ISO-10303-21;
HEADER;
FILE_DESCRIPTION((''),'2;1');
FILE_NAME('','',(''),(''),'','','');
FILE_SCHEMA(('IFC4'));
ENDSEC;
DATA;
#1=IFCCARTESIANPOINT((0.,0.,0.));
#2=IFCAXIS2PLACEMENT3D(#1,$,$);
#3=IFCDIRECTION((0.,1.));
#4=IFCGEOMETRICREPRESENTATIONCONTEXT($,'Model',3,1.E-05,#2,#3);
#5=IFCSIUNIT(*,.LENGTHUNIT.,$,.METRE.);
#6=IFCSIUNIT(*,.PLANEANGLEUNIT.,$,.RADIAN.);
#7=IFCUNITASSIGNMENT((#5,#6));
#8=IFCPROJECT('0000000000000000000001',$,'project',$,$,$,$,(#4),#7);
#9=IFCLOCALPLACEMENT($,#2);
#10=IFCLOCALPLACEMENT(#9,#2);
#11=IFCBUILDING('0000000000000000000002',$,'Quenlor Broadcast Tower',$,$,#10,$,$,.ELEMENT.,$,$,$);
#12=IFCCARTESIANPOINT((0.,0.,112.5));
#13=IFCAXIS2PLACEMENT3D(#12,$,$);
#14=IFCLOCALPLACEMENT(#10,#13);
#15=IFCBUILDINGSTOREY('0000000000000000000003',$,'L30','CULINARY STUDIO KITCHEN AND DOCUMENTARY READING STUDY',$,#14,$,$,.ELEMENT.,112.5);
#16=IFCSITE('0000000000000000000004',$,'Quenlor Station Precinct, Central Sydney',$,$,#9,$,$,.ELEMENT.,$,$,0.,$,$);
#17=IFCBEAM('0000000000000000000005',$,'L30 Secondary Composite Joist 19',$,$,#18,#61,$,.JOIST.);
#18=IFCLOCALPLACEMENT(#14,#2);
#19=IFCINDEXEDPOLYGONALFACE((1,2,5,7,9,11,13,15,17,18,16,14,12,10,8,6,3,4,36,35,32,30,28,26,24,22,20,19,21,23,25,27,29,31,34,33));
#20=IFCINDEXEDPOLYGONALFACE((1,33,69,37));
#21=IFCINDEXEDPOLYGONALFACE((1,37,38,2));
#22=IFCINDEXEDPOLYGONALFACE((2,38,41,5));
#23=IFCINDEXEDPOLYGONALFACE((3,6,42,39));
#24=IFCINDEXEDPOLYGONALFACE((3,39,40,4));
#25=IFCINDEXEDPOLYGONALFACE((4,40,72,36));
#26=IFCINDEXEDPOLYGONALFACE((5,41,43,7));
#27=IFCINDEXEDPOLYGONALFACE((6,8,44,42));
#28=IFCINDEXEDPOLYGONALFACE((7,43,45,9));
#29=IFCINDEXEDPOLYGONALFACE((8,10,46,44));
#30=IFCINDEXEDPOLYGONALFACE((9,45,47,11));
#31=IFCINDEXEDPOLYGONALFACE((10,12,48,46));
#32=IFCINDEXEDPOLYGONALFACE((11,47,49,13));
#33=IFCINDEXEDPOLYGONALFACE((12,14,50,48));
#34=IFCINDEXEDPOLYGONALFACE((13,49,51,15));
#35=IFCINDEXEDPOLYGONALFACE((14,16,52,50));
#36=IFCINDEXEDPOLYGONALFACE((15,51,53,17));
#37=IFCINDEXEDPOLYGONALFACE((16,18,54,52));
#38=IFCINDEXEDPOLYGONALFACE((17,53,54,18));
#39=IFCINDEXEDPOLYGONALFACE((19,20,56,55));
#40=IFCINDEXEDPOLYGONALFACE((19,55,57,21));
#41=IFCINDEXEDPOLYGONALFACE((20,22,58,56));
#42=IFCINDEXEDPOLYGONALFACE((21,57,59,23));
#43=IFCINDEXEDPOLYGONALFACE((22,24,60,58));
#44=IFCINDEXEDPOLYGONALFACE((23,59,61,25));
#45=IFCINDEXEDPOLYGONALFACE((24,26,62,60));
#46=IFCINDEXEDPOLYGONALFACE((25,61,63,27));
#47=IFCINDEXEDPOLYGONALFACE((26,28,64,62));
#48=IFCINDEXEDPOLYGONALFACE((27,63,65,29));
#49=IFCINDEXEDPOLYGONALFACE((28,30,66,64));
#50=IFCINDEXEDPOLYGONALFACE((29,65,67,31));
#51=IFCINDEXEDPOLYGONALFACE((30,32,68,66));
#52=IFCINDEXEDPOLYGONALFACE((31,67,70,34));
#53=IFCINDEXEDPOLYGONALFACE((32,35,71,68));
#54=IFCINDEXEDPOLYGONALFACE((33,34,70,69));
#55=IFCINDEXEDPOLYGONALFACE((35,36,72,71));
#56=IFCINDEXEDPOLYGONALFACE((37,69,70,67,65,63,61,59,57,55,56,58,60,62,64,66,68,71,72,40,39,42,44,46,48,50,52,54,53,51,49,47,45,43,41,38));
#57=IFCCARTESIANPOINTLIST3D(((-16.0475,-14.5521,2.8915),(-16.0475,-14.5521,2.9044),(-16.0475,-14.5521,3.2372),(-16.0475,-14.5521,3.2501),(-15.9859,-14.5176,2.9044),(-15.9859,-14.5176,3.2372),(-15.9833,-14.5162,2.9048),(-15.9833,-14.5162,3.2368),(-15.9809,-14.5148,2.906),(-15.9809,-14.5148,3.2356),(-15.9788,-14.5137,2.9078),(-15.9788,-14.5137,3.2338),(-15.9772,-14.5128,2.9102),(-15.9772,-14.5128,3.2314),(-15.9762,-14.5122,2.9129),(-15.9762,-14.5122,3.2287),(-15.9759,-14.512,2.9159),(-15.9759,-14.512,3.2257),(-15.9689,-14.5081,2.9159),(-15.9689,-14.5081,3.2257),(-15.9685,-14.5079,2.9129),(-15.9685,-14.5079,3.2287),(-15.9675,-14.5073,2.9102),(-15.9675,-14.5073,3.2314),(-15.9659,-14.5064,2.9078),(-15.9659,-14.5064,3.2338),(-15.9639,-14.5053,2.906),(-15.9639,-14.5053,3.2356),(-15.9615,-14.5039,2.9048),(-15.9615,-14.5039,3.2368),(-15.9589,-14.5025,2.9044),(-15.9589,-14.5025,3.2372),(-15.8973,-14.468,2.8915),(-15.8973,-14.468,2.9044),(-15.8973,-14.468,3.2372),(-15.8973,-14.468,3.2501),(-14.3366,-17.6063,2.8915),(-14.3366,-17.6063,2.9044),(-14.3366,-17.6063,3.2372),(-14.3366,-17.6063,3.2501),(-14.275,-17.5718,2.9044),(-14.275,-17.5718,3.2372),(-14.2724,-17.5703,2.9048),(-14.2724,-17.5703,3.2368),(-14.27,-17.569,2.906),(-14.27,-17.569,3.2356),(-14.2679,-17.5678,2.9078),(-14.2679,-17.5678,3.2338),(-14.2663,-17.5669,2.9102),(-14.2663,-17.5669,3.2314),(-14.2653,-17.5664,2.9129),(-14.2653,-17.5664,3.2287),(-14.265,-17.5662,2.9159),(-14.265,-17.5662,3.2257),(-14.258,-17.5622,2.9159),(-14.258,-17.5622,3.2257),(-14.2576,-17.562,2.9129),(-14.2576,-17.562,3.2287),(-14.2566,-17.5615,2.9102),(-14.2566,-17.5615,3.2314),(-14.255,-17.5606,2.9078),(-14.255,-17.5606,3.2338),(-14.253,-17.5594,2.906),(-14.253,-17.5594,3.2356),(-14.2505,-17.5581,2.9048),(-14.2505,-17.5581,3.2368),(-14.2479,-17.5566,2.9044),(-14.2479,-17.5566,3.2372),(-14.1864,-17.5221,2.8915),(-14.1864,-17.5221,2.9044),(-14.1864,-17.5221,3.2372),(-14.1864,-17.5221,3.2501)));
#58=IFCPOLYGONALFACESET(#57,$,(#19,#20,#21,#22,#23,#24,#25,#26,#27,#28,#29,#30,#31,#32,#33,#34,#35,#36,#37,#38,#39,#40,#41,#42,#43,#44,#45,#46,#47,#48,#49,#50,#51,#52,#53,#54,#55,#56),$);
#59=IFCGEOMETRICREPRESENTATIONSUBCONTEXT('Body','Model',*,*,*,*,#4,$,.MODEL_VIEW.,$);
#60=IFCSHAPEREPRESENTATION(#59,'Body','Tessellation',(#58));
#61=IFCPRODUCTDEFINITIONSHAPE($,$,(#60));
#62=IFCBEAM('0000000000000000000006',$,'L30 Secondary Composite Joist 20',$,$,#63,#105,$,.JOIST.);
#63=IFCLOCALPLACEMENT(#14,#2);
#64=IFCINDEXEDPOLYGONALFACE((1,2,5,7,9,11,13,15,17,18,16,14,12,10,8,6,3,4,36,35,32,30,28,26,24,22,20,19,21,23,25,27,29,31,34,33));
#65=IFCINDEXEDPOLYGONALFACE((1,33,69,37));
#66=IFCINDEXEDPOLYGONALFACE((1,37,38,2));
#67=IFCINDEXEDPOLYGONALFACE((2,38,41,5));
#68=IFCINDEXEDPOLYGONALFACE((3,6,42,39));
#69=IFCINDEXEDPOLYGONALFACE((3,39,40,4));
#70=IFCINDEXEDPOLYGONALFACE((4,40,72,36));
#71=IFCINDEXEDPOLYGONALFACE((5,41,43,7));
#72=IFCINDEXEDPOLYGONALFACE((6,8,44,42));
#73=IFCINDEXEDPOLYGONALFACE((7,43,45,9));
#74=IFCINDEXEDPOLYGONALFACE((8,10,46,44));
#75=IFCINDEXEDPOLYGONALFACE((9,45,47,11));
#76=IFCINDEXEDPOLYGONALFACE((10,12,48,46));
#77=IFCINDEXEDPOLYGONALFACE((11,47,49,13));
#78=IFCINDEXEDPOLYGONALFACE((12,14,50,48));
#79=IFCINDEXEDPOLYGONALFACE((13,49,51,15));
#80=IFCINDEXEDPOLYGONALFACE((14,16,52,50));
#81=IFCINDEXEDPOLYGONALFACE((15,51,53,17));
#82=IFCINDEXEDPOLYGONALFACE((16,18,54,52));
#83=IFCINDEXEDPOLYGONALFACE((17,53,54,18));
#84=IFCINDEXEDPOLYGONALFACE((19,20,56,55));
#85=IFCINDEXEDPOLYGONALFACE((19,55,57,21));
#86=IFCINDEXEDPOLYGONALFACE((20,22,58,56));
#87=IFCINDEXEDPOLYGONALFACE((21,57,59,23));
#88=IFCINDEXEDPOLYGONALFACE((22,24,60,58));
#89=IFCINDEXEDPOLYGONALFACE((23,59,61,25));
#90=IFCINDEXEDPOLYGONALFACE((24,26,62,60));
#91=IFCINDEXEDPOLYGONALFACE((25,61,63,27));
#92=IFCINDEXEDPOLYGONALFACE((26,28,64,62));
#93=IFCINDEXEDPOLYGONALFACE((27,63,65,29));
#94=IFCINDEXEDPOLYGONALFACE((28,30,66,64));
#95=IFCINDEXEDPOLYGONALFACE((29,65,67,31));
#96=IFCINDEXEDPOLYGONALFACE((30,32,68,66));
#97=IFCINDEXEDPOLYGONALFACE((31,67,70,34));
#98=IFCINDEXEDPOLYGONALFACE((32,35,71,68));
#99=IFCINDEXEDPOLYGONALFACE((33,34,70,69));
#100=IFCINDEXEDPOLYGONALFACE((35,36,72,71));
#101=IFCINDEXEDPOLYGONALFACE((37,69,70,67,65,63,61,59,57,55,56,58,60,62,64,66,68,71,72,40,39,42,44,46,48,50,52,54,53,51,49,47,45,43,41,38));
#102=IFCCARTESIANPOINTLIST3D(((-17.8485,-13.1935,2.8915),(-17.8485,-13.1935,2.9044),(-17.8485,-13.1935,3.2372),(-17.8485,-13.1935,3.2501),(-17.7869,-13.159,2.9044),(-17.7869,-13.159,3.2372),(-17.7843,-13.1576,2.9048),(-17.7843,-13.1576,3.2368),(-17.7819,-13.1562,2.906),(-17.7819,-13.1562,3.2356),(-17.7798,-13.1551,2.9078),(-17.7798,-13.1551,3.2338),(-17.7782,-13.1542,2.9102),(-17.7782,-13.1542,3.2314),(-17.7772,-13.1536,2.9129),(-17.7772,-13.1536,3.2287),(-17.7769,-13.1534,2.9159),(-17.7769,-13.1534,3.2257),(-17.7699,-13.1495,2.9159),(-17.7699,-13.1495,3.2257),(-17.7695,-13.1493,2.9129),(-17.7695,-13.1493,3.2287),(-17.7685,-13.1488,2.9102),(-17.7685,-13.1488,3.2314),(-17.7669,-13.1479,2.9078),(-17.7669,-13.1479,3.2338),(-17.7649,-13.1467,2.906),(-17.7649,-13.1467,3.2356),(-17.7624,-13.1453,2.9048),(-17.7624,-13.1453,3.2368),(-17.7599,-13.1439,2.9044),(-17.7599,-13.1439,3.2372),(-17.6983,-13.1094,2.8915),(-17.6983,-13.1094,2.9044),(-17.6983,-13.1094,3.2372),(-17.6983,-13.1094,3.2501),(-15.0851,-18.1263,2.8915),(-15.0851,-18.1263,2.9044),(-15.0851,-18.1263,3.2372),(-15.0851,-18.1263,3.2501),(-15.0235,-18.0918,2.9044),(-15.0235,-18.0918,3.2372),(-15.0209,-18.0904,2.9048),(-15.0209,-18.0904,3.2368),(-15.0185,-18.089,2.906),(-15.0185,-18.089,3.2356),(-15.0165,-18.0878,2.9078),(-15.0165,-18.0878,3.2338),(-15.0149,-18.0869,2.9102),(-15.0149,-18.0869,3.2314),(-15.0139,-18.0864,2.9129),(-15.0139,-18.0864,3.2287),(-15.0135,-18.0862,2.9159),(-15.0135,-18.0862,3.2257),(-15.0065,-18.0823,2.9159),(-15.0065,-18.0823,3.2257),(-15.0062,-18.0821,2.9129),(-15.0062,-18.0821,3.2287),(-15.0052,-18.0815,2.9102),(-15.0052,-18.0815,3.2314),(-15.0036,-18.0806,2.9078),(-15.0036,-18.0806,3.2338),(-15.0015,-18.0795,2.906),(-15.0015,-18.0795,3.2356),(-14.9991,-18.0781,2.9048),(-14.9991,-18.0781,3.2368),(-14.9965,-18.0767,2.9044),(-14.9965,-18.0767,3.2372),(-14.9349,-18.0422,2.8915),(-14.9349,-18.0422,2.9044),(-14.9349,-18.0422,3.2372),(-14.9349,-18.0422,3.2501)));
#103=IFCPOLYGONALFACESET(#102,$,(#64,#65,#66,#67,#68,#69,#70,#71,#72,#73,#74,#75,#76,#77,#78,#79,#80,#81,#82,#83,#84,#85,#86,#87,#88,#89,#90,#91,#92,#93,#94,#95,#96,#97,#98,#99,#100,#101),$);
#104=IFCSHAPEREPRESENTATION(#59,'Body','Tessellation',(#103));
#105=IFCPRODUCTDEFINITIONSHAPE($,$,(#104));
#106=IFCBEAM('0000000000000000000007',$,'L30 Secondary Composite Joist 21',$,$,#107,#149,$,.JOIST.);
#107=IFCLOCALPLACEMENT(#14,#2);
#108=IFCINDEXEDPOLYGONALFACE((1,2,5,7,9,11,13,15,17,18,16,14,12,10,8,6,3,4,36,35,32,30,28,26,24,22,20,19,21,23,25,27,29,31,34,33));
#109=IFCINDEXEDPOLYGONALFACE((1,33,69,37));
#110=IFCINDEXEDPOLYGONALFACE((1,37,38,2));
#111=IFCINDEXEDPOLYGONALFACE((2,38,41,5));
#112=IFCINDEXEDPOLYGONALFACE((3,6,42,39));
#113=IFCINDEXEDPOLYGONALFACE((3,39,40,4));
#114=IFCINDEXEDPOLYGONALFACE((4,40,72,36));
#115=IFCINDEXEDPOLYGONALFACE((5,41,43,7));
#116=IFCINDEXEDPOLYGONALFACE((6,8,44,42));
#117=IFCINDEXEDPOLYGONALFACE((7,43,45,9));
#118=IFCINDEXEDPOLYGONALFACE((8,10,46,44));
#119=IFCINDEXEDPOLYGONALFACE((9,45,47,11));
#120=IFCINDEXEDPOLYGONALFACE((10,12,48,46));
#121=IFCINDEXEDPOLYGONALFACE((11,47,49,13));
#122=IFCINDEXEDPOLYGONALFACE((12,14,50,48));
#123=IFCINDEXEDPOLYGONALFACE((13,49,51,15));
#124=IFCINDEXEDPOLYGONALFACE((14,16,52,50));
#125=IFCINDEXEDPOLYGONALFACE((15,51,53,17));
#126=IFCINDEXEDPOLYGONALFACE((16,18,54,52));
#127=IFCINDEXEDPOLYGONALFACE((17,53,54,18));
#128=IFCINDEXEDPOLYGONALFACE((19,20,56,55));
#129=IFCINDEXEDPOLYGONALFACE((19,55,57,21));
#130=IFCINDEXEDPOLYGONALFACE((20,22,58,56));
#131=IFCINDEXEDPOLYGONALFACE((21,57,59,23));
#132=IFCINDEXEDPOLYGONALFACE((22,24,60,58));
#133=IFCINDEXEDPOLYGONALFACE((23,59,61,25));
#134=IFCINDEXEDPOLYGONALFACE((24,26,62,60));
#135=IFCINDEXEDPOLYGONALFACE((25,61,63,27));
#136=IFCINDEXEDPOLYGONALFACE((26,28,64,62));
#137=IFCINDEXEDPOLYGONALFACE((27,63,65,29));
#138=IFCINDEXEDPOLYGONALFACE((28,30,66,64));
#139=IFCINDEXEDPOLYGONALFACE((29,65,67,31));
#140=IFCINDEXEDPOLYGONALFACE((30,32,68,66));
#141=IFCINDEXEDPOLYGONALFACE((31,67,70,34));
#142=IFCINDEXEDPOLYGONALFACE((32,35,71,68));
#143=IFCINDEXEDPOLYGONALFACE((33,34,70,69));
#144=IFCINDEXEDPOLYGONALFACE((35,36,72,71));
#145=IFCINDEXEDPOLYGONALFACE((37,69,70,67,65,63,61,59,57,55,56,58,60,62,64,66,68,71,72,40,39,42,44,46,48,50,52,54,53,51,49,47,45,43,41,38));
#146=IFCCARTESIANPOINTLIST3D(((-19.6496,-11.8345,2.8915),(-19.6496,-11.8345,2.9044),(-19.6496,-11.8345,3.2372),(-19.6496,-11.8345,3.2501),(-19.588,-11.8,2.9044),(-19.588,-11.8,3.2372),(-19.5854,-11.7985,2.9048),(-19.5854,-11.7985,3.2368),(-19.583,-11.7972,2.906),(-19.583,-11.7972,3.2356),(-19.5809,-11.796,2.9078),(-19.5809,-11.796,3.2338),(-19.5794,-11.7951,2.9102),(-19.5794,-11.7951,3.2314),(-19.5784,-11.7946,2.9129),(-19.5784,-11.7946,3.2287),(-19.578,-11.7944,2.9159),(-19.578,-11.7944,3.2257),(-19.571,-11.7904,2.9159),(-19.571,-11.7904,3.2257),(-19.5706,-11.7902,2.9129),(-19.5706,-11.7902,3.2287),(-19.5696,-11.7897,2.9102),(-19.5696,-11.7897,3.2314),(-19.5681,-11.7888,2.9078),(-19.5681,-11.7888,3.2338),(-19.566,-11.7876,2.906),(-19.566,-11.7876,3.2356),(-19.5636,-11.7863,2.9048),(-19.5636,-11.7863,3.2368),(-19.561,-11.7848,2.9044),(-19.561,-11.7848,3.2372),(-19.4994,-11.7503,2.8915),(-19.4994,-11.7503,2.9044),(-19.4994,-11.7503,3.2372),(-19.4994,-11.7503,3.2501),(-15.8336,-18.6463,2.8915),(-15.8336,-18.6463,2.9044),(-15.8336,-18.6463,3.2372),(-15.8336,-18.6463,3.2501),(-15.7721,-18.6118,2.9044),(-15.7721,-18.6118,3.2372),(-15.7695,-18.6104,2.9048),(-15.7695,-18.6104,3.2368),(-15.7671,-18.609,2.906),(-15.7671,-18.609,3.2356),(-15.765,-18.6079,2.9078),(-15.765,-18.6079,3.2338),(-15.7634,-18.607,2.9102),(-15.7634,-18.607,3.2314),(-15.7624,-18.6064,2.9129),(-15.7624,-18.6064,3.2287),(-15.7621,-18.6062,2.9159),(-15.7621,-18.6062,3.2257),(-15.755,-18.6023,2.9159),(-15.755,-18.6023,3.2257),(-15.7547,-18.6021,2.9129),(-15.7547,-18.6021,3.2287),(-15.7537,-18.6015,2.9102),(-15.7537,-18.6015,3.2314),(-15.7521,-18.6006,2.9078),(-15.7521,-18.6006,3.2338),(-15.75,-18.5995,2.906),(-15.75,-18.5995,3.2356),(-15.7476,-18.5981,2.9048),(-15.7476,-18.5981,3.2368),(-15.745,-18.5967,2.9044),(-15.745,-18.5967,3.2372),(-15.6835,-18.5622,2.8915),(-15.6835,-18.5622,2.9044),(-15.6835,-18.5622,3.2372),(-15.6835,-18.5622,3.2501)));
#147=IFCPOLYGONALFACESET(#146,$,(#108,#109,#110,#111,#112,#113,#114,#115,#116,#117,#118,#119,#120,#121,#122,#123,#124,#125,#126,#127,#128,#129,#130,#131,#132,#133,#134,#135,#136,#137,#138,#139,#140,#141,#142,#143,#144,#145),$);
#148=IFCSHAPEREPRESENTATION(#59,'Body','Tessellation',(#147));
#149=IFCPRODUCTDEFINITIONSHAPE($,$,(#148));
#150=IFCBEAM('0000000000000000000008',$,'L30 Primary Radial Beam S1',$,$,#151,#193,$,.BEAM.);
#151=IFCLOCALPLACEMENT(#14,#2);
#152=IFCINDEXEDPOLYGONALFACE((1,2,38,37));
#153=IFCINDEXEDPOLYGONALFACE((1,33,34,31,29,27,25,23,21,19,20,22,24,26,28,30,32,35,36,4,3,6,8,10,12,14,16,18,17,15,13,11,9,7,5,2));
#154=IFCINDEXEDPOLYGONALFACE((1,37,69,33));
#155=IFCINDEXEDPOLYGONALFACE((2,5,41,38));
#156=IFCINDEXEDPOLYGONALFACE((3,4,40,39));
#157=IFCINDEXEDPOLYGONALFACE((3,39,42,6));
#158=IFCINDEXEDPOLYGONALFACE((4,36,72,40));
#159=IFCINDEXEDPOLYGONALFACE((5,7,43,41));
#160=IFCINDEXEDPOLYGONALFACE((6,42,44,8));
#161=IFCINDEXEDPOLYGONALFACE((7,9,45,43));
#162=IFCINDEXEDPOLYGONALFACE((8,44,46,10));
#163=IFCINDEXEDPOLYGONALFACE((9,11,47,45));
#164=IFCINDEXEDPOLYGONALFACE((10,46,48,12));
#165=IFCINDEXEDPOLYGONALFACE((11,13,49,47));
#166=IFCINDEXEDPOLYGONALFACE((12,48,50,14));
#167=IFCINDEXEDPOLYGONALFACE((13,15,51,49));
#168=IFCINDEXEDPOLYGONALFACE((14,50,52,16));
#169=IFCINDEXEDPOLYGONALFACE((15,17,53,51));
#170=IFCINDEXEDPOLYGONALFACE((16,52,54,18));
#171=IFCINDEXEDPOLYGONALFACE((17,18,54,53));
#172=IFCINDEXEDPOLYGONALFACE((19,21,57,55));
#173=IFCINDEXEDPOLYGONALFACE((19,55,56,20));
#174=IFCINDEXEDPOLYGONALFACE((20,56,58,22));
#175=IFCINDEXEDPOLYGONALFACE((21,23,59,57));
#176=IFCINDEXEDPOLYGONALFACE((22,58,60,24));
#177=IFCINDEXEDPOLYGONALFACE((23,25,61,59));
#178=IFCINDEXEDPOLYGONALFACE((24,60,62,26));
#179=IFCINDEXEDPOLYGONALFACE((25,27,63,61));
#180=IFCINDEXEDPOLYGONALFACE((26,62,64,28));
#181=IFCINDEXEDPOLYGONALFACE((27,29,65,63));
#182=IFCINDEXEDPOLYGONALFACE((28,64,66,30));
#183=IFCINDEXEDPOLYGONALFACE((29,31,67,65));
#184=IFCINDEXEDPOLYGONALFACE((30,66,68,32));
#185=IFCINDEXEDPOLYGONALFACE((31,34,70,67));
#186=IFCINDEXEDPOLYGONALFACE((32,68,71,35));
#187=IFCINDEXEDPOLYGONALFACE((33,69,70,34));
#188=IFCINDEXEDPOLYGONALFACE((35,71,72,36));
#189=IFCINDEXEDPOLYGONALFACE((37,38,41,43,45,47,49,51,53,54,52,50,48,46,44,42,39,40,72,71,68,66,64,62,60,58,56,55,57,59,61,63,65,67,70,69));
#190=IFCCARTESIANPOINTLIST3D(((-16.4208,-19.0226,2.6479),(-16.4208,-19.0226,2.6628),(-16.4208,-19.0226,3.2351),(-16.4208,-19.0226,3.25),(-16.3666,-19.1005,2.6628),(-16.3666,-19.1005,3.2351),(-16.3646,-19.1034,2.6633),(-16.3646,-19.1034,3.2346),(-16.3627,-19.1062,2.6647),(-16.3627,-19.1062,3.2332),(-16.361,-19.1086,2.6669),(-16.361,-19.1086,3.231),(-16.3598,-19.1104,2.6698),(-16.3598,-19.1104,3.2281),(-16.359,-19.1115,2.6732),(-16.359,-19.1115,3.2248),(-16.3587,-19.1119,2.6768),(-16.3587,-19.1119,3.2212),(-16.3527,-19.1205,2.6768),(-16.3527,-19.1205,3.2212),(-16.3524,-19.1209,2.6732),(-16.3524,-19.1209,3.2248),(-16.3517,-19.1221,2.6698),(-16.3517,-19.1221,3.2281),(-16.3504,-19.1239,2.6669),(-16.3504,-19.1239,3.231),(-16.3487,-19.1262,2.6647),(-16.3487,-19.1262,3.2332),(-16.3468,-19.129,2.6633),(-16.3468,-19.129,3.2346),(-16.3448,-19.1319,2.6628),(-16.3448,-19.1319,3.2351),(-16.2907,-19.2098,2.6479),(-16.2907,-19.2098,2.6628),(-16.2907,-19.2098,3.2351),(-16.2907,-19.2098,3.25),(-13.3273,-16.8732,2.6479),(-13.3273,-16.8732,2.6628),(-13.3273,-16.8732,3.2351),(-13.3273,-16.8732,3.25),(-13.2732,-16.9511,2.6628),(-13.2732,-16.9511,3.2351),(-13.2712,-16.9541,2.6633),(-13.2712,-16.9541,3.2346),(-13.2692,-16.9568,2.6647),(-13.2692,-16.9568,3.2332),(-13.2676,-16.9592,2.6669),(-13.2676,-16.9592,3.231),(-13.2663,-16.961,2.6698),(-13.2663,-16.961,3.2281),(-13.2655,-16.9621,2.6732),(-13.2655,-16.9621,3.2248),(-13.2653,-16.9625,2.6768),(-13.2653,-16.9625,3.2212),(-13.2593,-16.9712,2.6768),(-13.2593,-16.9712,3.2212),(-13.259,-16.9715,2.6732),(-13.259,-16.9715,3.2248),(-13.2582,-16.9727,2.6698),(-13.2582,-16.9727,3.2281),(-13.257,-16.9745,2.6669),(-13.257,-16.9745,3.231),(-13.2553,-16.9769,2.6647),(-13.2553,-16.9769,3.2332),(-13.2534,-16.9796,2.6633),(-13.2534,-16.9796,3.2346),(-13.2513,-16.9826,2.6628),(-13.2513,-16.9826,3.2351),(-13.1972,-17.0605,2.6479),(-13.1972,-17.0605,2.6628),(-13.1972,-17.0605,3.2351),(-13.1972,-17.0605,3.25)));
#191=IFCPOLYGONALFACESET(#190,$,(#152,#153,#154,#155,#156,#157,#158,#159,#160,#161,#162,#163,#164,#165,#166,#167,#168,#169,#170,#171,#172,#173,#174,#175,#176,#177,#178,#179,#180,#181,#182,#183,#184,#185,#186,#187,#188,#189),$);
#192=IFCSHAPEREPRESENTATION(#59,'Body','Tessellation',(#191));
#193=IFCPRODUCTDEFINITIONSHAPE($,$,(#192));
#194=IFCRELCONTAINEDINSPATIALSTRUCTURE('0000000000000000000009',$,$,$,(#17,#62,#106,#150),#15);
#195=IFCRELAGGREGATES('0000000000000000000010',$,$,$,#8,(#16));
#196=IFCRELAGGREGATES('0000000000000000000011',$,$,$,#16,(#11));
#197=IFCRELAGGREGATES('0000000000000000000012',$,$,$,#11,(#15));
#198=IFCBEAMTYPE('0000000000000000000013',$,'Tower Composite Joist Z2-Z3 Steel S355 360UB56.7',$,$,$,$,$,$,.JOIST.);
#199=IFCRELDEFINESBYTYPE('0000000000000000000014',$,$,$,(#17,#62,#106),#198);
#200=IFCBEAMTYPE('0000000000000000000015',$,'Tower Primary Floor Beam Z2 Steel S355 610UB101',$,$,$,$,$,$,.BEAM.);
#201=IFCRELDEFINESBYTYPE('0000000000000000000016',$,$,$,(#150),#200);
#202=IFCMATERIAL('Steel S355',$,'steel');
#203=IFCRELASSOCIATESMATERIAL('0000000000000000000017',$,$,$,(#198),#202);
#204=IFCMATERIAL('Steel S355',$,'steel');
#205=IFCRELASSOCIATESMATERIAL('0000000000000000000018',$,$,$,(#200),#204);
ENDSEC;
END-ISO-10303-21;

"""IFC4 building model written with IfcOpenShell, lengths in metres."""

from ifc_helpers import new_model, si_unit, direction, frame, origin, origin_2d, place, context, subcontext, project, spatial, i_section, extrude, material, material_profile, profile_set, type_object, element, save


model = new_model("IFC4")

# Units and contexts
model_context = context("Model", 3, precision=1e-05, world=origin(), true_north=direction((0.0, 1.0)))
body_context = subcontext(model_context, "Body", "Model", "MODEL_VIEW")
ifc_project = project(units=[si_unit("LENGTHUNIT", "METRE"), si_unit("PLANEANGLEUNIT", "RADIAN")], contexts=[model_context])

# Site, building, storey
site_placement = place(None, origin())
site = spatial("IfcSite", under=ifc_project, at=site_placement, Name="Quenlor Station Precinct, Central Sydney", CompositionType="ELEMENT", RefElevation=0.0)
building_placement = place(site_placement, origin())
building = spatial("IfcBuilding", under=site, at=building_placement, Name="Quenlor Broadcast Tower", CompositionType="ELEMENT")
storey_placement = place(building_placement, frame((0.0, 0.0, 112.5)))
storey = spatial("IfcBuildingStorey", under=building, at=storey_placement, Name="L30", Description="CULINARY STUDIO KITCHEN AND DOCUMENTARY READING STUDY", CompositionType="ELEMENT", Elevation=112.5)

# Beams
ifc_material_1 = material(Name="Steel S355", Category="steel")
ifc_material_profile_1 = material_profile(ifc_material_1, i_section(OverallWidth=0.1721, OverallDepth=0.3586, WebThickness=0.0081, FlangeThickness=0.0129, FilletRadius=0.0115, at=origin_2d()))
ifc_profile_set_1 = profile_set([ifc_material_profile_1], Name="Steel S355 360UB56.7")
beam_type_1 = type_object("IfcBeamType", Name="Tower Composite Joist Z2-Z3 Steel S355 360UB56.7", PredefinedType="JOIST", material=ifc_profile_set_1)
beam_1_placement = place(storey_placement, frame((-14.2615, -17.5642, 3.0708), z_axis=(-0.488731, 0.872435, 0.0), x_axis=(-0.872435, -0.488731, 0.0)))
element("IfcBeam", 1, at=beam_1_placement, inside=storey, type_object=beam_type_1, Name="L30 Secondary Composite Joist 19", PredefinedType="JOIST", context=body_context, shape_type="SweptSolid", body=[
    extrude(i_section(OverallWidth=0.1721, OverallDepth=0.3586, WebThickness=0.0081, FlangeThickness=0.0129, FilletRadius=0.0115, at=origin_2d()), origin(), (0.0, 0.0, 1.0), 3.5007),
])
beam_2_placement = place(storey_placement, frame((-15.01, -18.0842, 3.0708), z_axis=(-0.488741, 0.872429, 0.0), x_axis=(-0.872429, -0.488741, 0.0)))
element("IfcBeam", 2, at=beam_2_placement, inside=storey, type_object=beam_type_1, Name="L30 Secondary Composite Joist 20", PredefinedType="JOIST", context=body_context, shape_type="SweptSolid", body=[
    extrude(i_section(OverallWidth=0.1721, OverallDepth=0.3586, WebThickness=0.0081, FlangeThickness=0.0129, FilletRadius=0.0115, at=origin_2d()), origin(), (0.0, 0.0, 1.0), 5.6541),
])
beam_3_placement = place(storey_placement, frame((-15.7585, -18.6042, 3.0708), z_axis=(-0.488733, 0.872433, 0.0), x_axis=(-0.872433, -0.488733, 0.0)))
element("IfcBeam", 3, at=beam_3_placement, inside=storey, type_object=beam_type_1, Name="L30 Secondary Composite Joist 21", PredefinedType="JOIST", context=body_context, shape_type="SweptSolid", body=[
    extrude(i_section(OverallWidth=0.1721, OverallDepth=0.3586, WebThickness=0.0081, FlangeThickness=0.0129, FilletRadius=0.0115, at=origin_2d()), origin(), (0.0, 0.0, 1.0), 7.8079),
])
ifc_material_2 = material(Name="Steel S355", Category="steel")
ifc_material_profile_2 = material_profile(ifc_material_2, i_section(OverallWidth=0.228, OverallDepth=0.6021, WebThickness=0.0105, FlangeThickness=0.0149, FilletRadius=0.0139, at=origin_2d()))
ifc_profile_set_2 = profile_set([ifc_material_profile_2], Name="Steel S355 610UB101")
beam_type_2 = type_object("IfcBeamType", Name="Tower Primary Floor Beam Z2 Steel S355 610UB101", PredefinedType="BEAM", material=ifc_profile_set_2)
beam_4_placement = place(storey_placement, frame((-16.3557, -19.1162, 2.949), z_axis=(0.821227, 0.570601, 0.0), x_axis=(-0.570601, 0.821227, 0.0)))
element("IfcBeam", 4, at=beam_4_placement, inside=storey, type_object=beam_type_2, Name="L30 Primary Radial Beam S1", PredefinedType="BEAM", context=body_context, shape_type="SweptSolid", body=[
    extrude(i_section(OverallWidth=0.228, OverallDepth=0.6021, WebThickness=0.0105, FlangeThickness=0.0149, FilletRadius=0.0139, at=origin_2d()), origin(), (0.0, 0.0, 1.0), 3.7668),
])

save(model, "model.ifc")
